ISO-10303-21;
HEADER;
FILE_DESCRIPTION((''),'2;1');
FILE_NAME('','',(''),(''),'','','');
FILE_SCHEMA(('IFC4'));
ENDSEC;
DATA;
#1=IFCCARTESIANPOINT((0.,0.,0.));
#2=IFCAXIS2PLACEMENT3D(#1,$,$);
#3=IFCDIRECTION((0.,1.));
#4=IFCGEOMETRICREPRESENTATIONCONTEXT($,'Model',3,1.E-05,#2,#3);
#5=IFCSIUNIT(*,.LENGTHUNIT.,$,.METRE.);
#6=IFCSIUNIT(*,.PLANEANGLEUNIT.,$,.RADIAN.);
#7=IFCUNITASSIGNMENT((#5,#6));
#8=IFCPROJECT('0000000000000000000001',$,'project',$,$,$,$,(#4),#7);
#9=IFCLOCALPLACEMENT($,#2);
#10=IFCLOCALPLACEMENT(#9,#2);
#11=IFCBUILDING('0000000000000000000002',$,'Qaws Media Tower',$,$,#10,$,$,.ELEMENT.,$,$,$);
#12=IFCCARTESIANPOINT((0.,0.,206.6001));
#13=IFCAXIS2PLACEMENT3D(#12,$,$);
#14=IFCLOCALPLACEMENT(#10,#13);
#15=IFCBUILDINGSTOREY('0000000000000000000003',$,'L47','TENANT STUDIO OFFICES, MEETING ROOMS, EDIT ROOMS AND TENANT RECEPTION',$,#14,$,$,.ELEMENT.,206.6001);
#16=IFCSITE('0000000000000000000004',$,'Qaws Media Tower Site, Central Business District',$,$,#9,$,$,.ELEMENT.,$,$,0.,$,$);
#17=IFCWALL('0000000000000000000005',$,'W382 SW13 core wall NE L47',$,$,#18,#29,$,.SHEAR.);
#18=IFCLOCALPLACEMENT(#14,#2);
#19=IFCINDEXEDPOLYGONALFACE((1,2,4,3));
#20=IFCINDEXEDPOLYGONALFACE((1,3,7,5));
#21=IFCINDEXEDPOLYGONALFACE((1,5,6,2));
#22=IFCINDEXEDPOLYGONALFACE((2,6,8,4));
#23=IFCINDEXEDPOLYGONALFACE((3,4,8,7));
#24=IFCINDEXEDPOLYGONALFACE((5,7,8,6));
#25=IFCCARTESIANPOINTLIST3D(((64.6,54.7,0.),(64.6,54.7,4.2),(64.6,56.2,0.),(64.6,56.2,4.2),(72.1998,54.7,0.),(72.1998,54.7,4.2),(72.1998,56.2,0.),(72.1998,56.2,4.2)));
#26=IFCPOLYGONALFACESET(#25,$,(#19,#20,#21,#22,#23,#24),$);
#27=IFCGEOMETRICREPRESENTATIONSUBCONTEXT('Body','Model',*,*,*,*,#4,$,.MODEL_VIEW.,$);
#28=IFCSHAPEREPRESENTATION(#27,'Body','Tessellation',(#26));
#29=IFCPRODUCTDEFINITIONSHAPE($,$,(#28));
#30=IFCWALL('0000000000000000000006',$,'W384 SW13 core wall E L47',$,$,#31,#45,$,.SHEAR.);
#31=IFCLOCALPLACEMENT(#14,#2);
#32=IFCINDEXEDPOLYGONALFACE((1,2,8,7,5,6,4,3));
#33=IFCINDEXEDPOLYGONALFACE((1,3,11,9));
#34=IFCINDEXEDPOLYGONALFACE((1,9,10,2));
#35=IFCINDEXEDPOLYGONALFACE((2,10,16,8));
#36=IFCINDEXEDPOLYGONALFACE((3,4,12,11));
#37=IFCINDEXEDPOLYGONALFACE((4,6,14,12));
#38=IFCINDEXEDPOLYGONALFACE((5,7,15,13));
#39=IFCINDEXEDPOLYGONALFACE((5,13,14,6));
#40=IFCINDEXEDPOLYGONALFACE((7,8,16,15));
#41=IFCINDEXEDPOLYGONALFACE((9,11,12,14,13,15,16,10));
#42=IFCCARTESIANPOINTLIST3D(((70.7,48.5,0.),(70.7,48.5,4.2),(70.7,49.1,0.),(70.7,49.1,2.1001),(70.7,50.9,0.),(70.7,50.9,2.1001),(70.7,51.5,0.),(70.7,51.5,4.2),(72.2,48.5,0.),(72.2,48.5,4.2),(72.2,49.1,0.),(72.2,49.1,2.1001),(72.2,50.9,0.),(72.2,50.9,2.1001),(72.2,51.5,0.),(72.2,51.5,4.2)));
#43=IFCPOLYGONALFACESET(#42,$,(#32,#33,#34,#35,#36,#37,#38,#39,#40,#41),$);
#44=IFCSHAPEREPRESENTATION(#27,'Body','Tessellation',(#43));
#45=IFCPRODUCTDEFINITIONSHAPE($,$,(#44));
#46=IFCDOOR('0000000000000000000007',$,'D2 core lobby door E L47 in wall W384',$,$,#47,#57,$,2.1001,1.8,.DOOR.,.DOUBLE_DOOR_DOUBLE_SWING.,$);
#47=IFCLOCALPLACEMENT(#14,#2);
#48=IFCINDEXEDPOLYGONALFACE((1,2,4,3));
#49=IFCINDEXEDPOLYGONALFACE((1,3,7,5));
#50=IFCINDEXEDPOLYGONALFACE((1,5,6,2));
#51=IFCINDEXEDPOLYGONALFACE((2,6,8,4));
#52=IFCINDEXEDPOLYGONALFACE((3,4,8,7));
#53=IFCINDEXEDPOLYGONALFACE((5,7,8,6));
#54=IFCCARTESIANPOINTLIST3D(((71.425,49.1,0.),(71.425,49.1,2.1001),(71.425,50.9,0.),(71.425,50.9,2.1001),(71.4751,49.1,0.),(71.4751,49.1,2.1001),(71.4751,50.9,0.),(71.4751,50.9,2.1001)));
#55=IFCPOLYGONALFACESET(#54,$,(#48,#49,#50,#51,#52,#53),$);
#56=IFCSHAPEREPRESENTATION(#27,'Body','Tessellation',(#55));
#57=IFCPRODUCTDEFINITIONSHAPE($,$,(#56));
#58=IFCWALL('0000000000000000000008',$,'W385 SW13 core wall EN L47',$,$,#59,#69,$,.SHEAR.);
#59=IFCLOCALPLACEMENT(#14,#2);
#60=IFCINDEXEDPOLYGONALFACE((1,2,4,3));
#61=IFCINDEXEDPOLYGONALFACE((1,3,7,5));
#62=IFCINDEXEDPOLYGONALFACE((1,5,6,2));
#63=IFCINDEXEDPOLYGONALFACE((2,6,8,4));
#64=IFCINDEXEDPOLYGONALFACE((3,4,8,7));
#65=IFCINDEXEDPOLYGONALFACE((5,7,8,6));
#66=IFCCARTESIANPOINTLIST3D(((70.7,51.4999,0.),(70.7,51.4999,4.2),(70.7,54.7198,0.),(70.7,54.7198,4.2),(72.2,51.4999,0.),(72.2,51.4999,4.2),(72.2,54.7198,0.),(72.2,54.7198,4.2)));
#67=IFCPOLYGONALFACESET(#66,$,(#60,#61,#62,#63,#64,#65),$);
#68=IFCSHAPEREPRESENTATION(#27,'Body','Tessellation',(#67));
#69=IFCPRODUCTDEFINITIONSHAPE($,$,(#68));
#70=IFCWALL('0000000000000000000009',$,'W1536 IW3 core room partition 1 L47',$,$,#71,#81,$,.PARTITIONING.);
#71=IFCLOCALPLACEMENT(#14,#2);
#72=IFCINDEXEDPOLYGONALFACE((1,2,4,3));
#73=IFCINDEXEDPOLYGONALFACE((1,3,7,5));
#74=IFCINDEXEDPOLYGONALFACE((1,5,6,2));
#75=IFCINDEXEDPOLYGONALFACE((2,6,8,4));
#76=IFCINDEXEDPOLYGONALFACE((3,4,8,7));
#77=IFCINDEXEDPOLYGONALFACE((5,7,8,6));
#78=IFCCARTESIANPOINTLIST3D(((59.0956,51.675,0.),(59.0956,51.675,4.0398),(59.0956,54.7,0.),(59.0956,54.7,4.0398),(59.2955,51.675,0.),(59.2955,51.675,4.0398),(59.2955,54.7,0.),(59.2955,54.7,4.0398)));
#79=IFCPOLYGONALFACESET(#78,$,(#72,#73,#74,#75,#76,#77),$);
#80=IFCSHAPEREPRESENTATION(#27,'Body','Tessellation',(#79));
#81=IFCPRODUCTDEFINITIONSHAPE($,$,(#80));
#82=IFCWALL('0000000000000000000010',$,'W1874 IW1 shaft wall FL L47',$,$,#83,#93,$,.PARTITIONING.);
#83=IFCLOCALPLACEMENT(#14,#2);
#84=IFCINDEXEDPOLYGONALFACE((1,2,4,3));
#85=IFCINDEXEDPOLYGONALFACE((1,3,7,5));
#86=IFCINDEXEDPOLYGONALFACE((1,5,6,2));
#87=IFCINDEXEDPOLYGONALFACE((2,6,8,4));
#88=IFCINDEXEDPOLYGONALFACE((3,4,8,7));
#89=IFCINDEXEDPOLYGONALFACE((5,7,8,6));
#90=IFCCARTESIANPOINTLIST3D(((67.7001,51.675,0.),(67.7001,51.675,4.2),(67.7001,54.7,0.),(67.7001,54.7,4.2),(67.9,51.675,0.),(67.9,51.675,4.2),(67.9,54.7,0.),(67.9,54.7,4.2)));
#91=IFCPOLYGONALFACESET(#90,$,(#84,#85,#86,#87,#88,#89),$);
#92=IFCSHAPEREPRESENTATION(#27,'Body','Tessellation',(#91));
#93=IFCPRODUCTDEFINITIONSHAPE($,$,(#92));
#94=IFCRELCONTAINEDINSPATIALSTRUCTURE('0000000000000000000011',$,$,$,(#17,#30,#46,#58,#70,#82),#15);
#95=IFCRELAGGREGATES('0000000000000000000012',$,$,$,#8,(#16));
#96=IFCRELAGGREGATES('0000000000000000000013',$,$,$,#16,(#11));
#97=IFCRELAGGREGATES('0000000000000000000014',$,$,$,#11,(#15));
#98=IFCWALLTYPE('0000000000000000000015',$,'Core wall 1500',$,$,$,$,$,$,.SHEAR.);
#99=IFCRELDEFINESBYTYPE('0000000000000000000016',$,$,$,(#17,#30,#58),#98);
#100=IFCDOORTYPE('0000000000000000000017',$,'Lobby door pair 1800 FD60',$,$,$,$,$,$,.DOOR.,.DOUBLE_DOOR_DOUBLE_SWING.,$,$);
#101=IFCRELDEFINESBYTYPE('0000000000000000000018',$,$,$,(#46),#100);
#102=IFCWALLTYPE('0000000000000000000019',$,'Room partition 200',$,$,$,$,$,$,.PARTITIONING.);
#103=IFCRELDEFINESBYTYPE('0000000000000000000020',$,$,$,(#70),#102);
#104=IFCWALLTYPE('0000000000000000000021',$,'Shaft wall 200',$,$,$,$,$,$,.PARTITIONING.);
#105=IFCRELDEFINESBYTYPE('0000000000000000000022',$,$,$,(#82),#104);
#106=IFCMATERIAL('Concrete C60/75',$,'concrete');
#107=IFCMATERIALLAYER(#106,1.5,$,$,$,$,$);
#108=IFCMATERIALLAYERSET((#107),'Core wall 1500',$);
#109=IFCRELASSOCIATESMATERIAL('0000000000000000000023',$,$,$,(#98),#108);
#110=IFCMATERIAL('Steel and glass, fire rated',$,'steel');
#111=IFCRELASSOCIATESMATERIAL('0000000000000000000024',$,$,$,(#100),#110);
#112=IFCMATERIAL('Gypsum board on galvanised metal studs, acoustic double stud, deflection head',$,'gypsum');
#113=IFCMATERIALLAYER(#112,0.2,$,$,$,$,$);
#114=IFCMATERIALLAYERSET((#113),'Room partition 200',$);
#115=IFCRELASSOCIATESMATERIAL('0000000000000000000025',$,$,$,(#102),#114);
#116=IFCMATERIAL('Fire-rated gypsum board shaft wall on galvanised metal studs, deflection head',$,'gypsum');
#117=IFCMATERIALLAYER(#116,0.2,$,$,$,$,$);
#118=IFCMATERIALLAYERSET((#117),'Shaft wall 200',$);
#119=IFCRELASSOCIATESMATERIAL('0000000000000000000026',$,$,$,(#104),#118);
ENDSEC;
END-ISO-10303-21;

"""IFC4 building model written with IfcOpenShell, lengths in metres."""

from ifc_helpers import new_model, si_unit, direction, frame, frame_2d, origin, place, context, subcontext, project, spatial, rectangle, extrude, material, layer, layer_set, type_object, element, fill, save


model = new_model("IFC4")

# Units and contexts
model_context = context("Model", 3, precision=1e-05, world=origin(), true_north=direction((0.0, 1.0)))
body_context = subcontext(model_context, "Body", "Model", "MODEL_VIEW")
ifc_project = project(units=[si_unit("LENGTHUNIT", "METRE"), si_unit("PLANEANGLEUNIT", "RADIAN")], contexts=[model_context])

# Site, building, storey
site_placement = place(None, origin())
site = spatial("IfcSite", under=ifc_project, at=site_placement, Name="Qaws Media Tower Site, Central Business District", CompositionType="ELEMENT", RefElevation=0.0)
building_placement = place(site_placement, origin())
building = spatial("IfcBuilding", under=site, at=building_placement, Name="Qaws Media Tower", CompositionType="ELEMENT")
storey_placement = place(building_placement, frame((0.0, 0.0, 206.6001)))
storey = spatial("IfcBuildingStorey", under=building, at=storey_placement, Name="L47", Description="TENANT STUDIO OFFICES, MEETING ROOMS, EDIT ROOMS AND TENANT RECEPTION", CompositionType="ELEMENT", Elevation=206.6001)

# Wall
ifc_material_1 = material(Name="Concrete C60/75", Category="concrete")
ifc_layer_1 = layer(ifc_material_1, 1.5)
ifc_layer_set_1 = layer_set([ifc_layer_1], Name="Core wall 1500")
wall_type_1 = type_object("IfcWallType", Name="Core wall 1500", PredefinedType="SHEAR", material=ifc_layer_set_1)
wall_1_placement = place(storey_placement, frame((64.6001, 55.45, 0.0), z_axis=(0.0, 0.0, 1.0), x_axis=(1.0, 0.0, 0.0)))
element("IfcWall", 1, at=wall_1_placement, inside=storey, type_object=wall_type_1, Name="W382 SW13 core wall NE L47", PredefinedType="SHEAR", context=body_context, shape_type="SweptSolid", body=[
    extrude(rectangle(XDim=7.5999, YDim=1.5, at=frame_2d((3.7998, 0.0))), origin(), (0.0, 0.0, 1.0), 4.2),
])

# Wall, opening, door
wall_2_placement = place(storey_placement, frame((71.45, 48.5, 0.0), z_axis=(0.0, 0.0, 1.0), x_axis=(0.0, 1.0, 0.0)))
wall_2 = element("IfcWall", 2, at=wall_2_placement, inside=storey, type_object=wall_type_1, Name="W384 SW13 core wall E L47", PredefinedType="SHEAR", context=body_context, shape_type="SweptSolid", body=[
    extrude(rectangle(XDim=3.0, YDim=1.5, at=frame_2d((1.5, 0.0))), origin(), (0.0, 0.0, 1.0), 4.2),
])
opening_1_placement = place(wall_2_placement, frame((0.6001, 0.0, 0.0)))
opening_1 = element("IfcOpeningElement", 3, at=opening_1_placement, cuts=wall_2, PredefinedType="OPENING", context=body_context, shape_type="SweptSolid", body=[
    extrude(rectangle(XDim=1.8, YDim=2.1001, at=frame_2d((0.8999, 1.05))), frame((0.0, 0.76, 0.0), z_axis=(0.0, -1.0, 0.0), x_axis=(1.0, 0.0, 0.0)), (0.0, 0.0, 1.0), 1.52),
])
ifc_material_2 = material(Name="Steel and glass, fire rated", Category="steel")
door_type_1 = type_object("IfcDoorType", Name="Lobby door pair 1800 FD60", OperationType="DOUBLE_DOOR_DOUBLE_SWING", PredefinedType="DOOR", material=ifc_material_2)
door_1_placement = place(opening_1_placement, origin())
door_1 = element("IfcDoor", 4, at=door_1_placement, inside=storey, type_object=door_type_1, Name="D2 core lobby door E L47 in wall W384", OperationType="DOUBLE_DOOR_DOUBLE_SWING", OverallHeight=2.1001, OverallWidth=1.8, PredefinedType="DOOR", context=body_context, shape_type="SweptSolid", body=[
    extrude(rectangle(XDim=1.8, YDim=2.1001, at=frame_2d((0.8999, 1.05))), frame((0.0, 0.0249, 0.0), z_axis=(0.0, -1.0, 0.0), x_axis=(1.0, 0.0, 0.0)), (0.0, 0.0, 1.0), 0.05),
])
fill(opening_1, door_1)

# Walls
wall_3_placement = place(storey_placement, frame((71.45, 51.5, 0.0), z_axis=(0.0, 0.0, 1.0), x_axis=(0.0, 1.0, 0.0)))
element("IfcWall", 5, at=wall_3_placement, inside=storey, type_object=wall_type_1, Name="W385 SW13 core wall EN L47", PredefinedType="SHEAR", context=body_context, shape_type="SweptSolid", body=[
    extrude(rectangle(XDim=3.22, YDim=1.5, at=frame_2d((1.6099, 0.0))), origin(), (0.0, 0.0, 1.0), 4.2),
])
ifc_material_3 = material(Name="Gypsum board on galvanised metal studs, acoustic double stud, deflection head", Category="gypsum")
ifc_layer_2 = layer(ifc_material_3, 0.2)
ifc_layer_set_2 = layer_set([ifc_layer_2], Name="Room partition 200")
wall_type_2 = type_object("IfcWallType", Name="Room partition 200", PredefinedType="PARTITIONING", material=ifc_layer_set_2)
wall_4_placement = place(storey_placement, frame((59.1956, 51.675, 0.0), z_axis=(0.0, 0.0, 1.0), x_axis=(0.0, 1.0, 0.0)))
element("IfcWall", 6, at=wall_4_placement, inside=storey, type_object=wall_type_2, Name="W1536 IW3 core room partition 1 L47", PredefinedType="PARTITIONING", context=body_context, shape_type="SweptSolid", body=[
    extrude(rectangle(XDim=3.0249, YDim=0.2, at=frame_2d((1.5125, 0.0))), origin(), (0.0, 0.0, 1.0), 4.0398),
])
ifc_material_4 = material(Name="Fire-rated gypsum board shaft wall on galvanised metal studs, deflection head", Category="gypsum")
ifc_layer_3 = layer(ifc_material_4, 0.2)
ifc_layer_set_3 = layer_set([ifc_layer_3], Name="Shaft wall 200")
wall_type_3 = type_object("IfcWallType", Name="Shaft wall 200", PredefinedType="PARTITIONING", material=ifc_layer_set_3)
wall_5_placement = place(storey_placement, frame((67.8, 51.675, 0.0), z_axis=(0.0, 0.0, 1.0), x_axis=(0.0, 1.0, 0.0)))
element("IfcWall", 7, at=wall_5_placement, inside=storey, type_object=wall_type_3, Name="W1874 IW1 shaft wall FL L47", PredefinedType="PARTITIONING", context=body_context, shape_type="SweptSolid", body=[
    extrude(rectangle(XDim=3.0249, YDim=0.2, at=frame_2d((1.5125, 0.0))), origin(), (0.0, 0.0, 1.0), 4.2),
])

save(model, "model.ifc")
